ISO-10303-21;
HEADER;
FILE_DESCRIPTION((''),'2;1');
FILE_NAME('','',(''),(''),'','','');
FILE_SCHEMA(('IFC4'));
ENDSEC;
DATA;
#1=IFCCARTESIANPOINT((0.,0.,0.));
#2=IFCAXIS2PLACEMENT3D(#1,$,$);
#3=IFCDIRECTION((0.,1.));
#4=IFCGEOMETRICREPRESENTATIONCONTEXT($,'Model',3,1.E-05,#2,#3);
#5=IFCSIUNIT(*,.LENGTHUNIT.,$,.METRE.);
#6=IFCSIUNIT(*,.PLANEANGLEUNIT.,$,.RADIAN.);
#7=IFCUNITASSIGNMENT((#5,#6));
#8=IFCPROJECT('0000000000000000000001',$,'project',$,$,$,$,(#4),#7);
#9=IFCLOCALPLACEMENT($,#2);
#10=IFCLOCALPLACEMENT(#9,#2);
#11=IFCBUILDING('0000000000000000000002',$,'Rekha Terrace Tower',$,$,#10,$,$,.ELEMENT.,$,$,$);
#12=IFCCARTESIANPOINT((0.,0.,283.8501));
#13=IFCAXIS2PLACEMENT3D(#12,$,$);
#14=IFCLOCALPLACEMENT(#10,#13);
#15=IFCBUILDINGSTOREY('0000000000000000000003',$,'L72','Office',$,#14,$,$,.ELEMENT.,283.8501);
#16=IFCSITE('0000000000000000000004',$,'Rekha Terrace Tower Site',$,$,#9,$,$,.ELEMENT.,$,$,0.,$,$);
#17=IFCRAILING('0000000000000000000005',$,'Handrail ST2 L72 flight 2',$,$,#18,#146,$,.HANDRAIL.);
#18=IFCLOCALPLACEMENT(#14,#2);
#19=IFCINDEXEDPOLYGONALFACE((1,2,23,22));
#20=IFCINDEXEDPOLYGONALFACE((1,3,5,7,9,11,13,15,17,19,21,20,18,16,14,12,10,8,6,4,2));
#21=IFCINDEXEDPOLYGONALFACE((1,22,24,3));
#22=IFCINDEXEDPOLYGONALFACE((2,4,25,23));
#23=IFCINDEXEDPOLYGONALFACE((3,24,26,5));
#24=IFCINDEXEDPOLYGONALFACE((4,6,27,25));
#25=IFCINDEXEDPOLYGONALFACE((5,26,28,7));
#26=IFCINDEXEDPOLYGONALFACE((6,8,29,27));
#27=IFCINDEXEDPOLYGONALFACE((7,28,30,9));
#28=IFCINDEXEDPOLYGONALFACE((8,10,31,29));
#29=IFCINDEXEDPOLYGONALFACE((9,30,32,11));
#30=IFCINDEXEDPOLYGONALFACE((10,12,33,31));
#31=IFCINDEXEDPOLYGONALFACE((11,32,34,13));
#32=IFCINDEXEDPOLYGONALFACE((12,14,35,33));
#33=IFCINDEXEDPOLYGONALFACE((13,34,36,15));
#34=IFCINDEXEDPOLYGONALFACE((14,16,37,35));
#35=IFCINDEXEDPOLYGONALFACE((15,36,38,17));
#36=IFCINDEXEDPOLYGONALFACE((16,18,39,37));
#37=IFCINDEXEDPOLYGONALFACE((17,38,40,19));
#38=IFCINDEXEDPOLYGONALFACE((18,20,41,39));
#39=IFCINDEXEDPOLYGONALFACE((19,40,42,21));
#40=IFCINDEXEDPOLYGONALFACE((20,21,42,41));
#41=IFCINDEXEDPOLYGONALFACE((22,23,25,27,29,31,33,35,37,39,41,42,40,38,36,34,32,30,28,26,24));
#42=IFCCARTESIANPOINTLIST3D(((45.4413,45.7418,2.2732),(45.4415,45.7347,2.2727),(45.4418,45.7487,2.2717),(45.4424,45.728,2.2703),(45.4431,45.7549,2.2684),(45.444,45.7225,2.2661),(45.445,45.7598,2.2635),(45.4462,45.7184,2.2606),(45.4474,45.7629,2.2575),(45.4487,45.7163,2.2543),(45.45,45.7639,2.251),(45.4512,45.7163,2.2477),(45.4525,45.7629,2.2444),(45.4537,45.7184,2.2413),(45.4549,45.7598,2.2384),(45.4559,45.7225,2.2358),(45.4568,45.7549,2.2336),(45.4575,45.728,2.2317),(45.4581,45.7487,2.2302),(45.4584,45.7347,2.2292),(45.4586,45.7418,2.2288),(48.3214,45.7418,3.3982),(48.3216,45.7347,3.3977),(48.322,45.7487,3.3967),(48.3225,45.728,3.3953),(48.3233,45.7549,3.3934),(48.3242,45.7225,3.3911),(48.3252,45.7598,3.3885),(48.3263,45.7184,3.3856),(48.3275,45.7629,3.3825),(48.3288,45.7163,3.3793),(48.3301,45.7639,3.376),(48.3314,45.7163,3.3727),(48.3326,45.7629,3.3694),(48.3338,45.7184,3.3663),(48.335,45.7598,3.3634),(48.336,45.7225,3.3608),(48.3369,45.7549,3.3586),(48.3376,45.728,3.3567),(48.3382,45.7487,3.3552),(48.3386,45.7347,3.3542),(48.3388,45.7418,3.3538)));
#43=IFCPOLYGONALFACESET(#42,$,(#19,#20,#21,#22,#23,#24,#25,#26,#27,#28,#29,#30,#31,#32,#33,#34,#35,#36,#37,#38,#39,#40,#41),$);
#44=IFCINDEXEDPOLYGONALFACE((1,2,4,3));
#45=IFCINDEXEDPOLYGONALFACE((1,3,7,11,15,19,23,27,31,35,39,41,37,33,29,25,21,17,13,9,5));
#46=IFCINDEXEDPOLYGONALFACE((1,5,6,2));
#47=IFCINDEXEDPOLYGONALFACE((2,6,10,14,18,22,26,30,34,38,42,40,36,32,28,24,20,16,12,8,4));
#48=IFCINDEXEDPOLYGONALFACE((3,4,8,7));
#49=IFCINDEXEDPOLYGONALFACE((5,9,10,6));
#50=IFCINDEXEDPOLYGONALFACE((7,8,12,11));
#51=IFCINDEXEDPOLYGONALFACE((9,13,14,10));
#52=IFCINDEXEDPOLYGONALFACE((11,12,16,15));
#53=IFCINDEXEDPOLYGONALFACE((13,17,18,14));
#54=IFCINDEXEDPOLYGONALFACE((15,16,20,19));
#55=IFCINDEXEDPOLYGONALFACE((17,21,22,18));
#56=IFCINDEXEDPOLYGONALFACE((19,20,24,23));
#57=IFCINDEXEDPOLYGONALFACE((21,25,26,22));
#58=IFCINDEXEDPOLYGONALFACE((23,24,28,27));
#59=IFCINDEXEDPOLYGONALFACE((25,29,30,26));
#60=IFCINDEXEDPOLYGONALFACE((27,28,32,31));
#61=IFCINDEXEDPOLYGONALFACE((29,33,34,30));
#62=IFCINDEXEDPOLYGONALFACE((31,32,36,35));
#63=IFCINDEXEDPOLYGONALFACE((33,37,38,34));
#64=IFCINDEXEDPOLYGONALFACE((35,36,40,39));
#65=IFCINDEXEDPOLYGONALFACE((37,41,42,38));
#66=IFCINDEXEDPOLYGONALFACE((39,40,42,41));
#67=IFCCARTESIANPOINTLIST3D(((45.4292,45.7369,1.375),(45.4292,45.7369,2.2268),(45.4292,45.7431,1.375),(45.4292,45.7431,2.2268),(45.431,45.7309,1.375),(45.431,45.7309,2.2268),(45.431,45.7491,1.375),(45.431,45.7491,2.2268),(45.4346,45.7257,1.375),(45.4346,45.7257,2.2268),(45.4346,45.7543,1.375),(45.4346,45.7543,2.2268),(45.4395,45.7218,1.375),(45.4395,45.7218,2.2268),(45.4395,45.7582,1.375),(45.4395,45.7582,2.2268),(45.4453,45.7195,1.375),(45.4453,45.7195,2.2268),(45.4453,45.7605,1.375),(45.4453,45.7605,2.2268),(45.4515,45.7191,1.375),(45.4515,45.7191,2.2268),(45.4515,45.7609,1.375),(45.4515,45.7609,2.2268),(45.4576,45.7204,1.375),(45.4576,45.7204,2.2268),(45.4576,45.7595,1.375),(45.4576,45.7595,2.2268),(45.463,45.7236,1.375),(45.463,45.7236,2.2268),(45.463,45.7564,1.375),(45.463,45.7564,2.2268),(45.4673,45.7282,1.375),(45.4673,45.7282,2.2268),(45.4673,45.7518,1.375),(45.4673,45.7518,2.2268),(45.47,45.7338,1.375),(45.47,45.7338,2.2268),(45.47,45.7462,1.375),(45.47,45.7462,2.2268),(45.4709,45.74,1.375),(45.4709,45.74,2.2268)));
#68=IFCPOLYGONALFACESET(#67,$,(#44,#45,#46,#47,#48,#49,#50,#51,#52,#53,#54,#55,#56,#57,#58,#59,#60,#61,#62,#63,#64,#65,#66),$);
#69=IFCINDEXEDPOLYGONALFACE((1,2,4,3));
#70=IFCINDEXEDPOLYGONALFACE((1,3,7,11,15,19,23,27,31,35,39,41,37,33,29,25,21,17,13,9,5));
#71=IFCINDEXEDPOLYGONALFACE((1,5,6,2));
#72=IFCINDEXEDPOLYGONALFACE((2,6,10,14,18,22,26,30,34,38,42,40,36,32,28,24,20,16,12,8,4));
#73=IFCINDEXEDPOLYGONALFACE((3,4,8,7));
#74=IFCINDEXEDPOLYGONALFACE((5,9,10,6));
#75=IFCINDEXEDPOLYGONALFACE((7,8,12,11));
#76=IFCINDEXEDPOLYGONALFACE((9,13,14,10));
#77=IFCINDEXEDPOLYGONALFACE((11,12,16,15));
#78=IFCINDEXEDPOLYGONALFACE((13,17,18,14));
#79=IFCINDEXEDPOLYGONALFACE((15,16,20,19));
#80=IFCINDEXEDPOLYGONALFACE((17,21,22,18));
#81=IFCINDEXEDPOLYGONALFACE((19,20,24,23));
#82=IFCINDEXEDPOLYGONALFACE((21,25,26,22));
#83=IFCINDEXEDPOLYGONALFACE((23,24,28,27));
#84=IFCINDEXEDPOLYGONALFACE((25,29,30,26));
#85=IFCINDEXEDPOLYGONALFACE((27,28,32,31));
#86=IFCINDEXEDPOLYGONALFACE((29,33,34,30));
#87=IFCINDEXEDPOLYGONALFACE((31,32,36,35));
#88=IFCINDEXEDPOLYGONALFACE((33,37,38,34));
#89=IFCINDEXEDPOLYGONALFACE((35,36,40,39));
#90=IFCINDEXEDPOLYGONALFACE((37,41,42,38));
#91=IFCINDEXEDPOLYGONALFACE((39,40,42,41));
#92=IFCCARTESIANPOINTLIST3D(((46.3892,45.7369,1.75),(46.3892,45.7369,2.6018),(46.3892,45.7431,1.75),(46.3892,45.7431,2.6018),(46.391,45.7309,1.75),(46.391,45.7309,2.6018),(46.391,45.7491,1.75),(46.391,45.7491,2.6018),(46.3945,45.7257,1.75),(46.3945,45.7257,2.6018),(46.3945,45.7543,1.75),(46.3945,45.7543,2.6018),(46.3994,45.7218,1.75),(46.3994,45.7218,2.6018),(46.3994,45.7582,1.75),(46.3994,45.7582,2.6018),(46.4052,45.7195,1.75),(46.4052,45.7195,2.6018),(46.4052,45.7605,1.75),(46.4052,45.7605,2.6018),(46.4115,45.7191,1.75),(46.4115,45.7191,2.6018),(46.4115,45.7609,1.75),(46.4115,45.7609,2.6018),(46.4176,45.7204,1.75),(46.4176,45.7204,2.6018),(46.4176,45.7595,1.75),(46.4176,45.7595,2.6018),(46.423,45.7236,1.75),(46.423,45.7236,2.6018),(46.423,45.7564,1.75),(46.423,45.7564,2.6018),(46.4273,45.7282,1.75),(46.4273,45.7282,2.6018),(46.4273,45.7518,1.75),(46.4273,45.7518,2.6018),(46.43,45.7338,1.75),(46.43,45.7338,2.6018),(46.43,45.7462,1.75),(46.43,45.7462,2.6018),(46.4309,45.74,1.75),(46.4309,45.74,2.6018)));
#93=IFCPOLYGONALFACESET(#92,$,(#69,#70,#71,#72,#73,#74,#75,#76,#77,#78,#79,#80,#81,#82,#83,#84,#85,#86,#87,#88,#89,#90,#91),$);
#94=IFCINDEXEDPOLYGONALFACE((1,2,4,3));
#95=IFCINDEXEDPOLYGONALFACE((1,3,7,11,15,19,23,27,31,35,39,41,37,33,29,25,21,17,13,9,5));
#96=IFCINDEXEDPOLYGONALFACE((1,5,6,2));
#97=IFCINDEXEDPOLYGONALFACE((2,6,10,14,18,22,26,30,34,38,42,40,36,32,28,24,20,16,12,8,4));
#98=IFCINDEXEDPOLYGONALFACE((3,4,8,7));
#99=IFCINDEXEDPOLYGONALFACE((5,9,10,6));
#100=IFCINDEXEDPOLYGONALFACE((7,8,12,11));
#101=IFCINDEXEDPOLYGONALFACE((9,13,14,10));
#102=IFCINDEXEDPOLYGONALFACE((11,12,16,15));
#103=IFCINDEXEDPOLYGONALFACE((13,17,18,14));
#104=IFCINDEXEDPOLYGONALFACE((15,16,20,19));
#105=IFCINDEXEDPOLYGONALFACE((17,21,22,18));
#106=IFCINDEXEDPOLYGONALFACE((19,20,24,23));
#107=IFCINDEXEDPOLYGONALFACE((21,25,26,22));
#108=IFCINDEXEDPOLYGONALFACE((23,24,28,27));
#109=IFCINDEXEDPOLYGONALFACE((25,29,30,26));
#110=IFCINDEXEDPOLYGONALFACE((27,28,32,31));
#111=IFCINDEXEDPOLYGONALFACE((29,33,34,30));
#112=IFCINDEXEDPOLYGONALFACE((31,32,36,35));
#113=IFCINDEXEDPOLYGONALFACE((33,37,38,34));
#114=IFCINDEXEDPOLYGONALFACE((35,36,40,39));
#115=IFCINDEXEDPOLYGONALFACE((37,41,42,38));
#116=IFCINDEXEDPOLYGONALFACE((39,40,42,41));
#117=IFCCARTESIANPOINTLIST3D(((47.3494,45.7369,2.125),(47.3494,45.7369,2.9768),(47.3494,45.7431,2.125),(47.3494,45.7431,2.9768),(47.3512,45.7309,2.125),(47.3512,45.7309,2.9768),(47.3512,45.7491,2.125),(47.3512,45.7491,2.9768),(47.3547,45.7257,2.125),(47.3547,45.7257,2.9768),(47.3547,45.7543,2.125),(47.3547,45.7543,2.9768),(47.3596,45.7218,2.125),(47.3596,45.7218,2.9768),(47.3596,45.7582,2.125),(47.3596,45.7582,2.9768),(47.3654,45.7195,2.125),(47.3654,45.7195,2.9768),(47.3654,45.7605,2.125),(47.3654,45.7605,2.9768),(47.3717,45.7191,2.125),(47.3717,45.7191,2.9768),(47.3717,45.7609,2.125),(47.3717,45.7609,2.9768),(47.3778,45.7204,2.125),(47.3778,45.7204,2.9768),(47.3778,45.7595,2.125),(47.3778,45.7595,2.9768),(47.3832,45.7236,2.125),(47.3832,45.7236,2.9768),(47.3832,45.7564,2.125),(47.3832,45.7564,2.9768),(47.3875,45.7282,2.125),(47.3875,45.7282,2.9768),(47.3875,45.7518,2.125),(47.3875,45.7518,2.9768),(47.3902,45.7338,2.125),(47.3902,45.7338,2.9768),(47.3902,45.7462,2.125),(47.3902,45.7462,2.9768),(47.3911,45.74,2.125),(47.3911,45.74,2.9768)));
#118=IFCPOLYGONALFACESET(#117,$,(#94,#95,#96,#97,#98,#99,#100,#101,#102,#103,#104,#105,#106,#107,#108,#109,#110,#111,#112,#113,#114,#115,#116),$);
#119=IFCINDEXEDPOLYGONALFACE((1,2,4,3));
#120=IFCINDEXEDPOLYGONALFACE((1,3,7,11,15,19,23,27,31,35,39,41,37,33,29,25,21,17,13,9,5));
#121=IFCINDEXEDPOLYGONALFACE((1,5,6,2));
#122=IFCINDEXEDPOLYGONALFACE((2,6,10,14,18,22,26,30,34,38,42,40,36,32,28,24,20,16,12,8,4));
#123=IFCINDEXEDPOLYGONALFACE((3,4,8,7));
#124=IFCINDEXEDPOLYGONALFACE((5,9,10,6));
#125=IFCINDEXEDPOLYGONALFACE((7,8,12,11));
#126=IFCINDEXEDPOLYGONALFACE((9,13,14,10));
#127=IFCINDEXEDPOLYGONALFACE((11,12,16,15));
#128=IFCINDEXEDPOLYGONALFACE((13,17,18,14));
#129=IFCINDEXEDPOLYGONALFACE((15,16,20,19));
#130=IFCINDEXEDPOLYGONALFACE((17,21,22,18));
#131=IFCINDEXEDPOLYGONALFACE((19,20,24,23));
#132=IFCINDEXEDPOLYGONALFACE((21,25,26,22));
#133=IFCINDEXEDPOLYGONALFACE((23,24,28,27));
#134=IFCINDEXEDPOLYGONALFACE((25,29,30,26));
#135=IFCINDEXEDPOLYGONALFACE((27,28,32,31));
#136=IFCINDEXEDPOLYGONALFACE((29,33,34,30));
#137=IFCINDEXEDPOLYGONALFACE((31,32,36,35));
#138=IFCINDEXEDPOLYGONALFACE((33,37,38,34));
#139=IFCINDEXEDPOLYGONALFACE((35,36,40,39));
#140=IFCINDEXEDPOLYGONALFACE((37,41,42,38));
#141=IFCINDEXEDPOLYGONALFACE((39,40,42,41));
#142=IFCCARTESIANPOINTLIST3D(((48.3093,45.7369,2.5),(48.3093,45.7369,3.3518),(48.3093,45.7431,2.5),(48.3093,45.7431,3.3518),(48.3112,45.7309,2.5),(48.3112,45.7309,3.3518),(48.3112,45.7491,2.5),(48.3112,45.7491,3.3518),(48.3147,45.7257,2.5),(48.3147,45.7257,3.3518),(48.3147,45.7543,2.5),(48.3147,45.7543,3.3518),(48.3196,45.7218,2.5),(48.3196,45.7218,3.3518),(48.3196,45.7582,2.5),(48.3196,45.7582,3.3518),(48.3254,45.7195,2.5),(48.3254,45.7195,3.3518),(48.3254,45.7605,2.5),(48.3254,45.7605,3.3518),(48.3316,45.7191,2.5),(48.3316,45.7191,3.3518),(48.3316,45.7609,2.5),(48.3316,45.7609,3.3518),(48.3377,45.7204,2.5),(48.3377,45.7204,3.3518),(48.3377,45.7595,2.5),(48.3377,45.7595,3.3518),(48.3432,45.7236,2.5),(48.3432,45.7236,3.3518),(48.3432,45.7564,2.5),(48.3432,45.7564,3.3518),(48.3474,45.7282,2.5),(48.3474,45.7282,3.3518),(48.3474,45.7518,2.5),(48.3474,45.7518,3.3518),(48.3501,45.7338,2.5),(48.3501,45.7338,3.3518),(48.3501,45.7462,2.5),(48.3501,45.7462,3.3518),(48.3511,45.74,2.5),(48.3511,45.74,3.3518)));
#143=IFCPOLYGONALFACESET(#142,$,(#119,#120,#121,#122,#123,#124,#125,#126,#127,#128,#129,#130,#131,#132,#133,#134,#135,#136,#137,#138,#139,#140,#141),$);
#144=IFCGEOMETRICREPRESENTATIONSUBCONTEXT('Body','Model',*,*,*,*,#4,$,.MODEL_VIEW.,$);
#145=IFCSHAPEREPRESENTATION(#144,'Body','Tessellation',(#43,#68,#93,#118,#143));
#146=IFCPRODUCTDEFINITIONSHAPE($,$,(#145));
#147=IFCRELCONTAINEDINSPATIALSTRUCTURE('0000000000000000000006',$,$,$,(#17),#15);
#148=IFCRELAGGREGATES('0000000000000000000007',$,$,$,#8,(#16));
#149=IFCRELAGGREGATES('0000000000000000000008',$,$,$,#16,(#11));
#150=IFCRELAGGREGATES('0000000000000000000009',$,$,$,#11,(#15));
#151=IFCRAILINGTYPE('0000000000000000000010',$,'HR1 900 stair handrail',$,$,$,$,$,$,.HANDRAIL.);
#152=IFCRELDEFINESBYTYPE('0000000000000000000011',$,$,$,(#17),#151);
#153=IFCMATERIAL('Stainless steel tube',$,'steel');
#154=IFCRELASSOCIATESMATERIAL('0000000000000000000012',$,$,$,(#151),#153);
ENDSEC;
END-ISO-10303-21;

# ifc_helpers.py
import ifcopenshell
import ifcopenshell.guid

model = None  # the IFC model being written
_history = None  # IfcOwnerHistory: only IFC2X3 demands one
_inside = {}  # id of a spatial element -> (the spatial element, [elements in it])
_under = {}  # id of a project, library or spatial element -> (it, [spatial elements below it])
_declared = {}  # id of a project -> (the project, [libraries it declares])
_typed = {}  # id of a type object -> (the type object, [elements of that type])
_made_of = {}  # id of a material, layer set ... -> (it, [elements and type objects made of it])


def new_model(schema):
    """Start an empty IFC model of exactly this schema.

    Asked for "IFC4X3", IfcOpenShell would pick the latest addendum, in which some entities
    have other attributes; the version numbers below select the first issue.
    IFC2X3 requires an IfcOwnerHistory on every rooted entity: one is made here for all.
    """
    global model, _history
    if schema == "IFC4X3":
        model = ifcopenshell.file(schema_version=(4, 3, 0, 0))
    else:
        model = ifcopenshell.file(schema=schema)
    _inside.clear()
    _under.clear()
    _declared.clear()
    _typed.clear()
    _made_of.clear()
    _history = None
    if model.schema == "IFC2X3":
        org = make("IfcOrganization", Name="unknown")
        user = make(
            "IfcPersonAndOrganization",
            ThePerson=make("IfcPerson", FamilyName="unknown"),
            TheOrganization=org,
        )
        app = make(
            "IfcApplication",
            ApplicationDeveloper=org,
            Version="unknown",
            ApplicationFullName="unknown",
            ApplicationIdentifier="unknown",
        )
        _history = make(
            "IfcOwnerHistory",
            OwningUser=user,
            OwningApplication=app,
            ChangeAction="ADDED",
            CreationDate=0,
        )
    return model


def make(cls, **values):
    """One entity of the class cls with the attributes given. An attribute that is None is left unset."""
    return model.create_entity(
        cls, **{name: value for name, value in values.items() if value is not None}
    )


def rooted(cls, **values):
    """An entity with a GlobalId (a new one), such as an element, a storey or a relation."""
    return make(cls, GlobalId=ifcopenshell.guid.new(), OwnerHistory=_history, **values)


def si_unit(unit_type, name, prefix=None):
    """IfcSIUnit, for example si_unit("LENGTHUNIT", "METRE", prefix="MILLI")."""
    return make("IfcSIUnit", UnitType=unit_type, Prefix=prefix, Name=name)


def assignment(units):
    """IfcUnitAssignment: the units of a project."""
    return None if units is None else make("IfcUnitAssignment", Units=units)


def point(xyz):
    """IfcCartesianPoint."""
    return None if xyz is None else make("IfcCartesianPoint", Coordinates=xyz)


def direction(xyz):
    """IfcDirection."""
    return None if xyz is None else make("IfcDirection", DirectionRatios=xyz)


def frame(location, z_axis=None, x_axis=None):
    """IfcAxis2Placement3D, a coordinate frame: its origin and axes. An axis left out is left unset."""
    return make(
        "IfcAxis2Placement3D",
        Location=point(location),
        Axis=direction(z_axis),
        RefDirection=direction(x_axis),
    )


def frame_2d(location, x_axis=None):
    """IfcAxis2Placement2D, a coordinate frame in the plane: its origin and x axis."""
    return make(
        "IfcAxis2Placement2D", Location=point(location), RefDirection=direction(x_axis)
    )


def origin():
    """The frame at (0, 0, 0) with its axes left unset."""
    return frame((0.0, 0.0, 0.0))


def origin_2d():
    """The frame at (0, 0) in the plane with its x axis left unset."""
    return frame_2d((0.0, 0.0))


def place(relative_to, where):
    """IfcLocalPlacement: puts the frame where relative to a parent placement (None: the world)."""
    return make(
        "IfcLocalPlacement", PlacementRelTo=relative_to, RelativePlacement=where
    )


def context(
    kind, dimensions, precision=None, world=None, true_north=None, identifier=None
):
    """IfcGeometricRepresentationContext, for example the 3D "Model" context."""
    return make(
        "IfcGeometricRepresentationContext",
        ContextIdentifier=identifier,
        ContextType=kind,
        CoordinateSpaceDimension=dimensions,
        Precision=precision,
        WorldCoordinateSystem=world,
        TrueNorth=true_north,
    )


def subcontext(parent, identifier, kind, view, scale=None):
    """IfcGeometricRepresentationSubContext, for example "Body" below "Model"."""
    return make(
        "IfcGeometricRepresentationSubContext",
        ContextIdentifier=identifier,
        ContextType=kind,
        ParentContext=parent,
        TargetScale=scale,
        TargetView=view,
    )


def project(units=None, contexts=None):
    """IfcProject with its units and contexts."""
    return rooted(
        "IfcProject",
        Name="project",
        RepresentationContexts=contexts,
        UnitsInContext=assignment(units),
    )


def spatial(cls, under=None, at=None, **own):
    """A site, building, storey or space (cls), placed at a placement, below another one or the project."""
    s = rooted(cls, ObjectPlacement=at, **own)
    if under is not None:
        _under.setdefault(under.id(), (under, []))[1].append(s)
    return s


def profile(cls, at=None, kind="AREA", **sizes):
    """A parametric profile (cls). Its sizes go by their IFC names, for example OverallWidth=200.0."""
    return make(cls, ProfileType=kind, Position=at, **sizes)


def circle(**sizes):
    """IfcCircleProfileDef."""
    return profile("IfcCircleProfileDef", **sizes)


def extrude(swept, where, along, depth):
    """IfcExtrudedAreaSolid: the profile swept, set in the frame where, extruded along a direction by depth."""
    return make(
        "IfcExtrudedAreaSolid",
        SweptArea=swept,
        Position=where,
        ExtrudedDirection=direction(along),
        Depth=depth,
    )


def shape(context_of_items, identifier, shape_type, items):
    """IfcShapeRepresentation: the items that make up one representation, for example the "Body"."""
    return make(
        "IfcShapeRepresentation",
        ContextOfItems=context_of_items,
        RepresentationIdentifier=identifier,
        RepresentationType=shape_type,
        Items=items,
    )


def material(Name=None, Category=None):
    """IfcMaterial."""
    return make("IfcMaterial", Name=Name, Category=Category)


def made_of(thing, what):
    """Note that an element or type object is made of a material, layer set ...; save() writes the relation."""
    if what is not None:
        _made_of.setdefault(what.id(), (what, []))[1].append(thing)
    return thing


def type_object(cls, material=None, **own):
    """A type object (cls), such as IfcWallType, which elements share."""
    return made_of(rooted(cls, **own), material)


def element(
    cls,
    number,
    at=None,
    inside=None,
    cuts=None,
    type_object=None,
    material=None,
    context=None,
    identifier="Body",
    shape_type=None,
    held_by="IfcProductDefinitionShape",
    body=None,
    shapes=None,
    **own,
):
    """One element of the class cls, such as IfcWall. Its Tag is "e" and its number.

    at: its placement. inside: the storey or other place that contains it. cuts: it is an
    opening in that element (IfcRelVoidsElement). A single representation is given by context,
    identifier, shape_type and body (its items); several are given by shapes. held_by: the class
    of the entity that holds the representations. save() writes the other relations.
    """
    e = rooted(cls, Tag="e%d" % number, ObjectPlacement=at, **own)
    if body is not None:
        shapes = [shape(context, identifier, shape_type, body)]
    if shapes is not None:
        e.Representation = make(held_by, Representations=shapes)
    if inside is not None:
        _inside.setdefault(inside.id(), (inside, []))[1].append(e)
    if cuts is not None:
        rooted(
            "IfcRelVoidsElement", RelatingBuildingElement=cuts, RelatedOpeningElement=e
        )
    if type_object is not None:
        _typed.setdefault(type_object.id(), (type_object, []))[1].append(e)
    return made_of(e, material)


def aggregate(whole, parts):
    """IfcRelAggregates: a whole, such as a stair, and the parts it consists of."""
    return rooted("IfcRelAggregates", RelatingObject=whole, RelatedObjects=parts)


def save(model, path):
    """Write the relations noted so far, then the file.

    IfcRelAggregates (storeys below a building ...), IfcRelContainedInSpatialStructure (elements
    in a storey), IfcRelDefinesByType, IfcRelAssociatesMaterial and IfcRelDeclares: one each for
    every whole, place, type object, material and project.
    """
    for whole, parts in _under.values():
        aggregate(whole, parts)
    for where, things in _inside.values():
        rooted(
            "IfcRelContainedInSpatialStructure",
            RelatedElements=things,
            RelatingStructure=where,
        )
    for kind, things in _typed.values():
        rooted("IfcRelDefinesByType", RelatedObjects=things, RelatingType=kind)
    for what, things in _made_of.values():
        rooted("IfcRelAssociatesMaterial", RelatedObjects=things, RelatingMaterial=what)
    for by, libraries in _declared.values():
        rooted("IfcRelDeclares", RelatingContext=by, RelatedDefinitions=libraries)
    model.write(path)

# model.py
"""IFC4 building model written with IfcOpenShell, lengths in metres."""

from ifc_helpers import new_model, si_unit, direction, frame, origin, origin_2d, place, context, subcontext, project, spatial, circle, extrude, material, type_object, element, save


model = new_model("IFC4")

# Units and contexts
model_context = context("Model", 3, precision=1e-05, world=origin(), true_north=direction((0.0, 1.0)))
body_context = subcontext(model_context, "Body", "Model", "MODEL_VIEW")
ifc_project = project(units=[si_unit("LENGTHUNIT", "METRE"), si_unit("PLANEANGLEUNIT", "RADIAN")], contexts=[model_context])

# Site, building, storey
site_placement = place(None, origin())
site = spatial("IfcSite", under=ifc_project, at=site_placement, Name="Rekha Terrace Tower Site", CompositionType="ELEMENT", RefElevation=0.0)
building_placement = place(site_placement, origin())
building = spatial("IfcBuilding", under=site, at=building_placement, Name="Rekha Terrace Tower", CompositionType="ELEMENT")
storey_placement = place(building_placement, frame((0.0, 0.0, 283.8501)))
storey = spatial("IfcBuildingStorey", under=building, at=storey_placement, Name="L72", Description="Office", CompositionType="ELEMENT", Elevation=283.8501)

# Railing
ifc_material_1 = material(Name="Stainless steel tube", Category="steel")
railing_type_1 = type_object("IfcRailingType", Name="HR1 900 stair handrail", PredefinedType="HANDRAIL", material=ifc_material_1)
railing_1_placement = place(storey_placement, frame((45.45, 45.74, 1.375)))
element("IfcRailing", 1, at=railing_1_placement, inside=storey, type_object=railing_type_1, Name="Handrail ST2 L72 flight 2", PredefinedType="HANDRAIL", context=body_context, shape_type="SweptSolid", body=[
    extrude(circle(Radius=0.0239, at=origin_2d()), frame((0.0, 0.0, 0.876), z_axis=(0.931463, 0.0, 0.363837), x_axis=(0.0, 1.0, 0.0)), (0.0, 0.0, 1.0), 3.092),
    extrude(circle(Radius=0.021, at=origin_2d()), origin(), (0.0, 0.0, 1.0), 0.8518),
    extrude(circle(Radius=0.021, at=origin_2d()), frame((0.96, 0.0, 0.375)), (0.0, 0.0, 1.0), 0.8518),
    extrude(circle(Radius=0.021, at=origin_2d()), frame((1.9202, 0.0, 0.75)), (0.0, 0.0, 1.0), 0.8518),
    extrude(circle(Radius=0.021, at=origin_2d()), frame((2.8801, 0.0, 1.125)), (0.0, 0.0, 1.0), 0.8518),
])

save(model, "model.ifc")
